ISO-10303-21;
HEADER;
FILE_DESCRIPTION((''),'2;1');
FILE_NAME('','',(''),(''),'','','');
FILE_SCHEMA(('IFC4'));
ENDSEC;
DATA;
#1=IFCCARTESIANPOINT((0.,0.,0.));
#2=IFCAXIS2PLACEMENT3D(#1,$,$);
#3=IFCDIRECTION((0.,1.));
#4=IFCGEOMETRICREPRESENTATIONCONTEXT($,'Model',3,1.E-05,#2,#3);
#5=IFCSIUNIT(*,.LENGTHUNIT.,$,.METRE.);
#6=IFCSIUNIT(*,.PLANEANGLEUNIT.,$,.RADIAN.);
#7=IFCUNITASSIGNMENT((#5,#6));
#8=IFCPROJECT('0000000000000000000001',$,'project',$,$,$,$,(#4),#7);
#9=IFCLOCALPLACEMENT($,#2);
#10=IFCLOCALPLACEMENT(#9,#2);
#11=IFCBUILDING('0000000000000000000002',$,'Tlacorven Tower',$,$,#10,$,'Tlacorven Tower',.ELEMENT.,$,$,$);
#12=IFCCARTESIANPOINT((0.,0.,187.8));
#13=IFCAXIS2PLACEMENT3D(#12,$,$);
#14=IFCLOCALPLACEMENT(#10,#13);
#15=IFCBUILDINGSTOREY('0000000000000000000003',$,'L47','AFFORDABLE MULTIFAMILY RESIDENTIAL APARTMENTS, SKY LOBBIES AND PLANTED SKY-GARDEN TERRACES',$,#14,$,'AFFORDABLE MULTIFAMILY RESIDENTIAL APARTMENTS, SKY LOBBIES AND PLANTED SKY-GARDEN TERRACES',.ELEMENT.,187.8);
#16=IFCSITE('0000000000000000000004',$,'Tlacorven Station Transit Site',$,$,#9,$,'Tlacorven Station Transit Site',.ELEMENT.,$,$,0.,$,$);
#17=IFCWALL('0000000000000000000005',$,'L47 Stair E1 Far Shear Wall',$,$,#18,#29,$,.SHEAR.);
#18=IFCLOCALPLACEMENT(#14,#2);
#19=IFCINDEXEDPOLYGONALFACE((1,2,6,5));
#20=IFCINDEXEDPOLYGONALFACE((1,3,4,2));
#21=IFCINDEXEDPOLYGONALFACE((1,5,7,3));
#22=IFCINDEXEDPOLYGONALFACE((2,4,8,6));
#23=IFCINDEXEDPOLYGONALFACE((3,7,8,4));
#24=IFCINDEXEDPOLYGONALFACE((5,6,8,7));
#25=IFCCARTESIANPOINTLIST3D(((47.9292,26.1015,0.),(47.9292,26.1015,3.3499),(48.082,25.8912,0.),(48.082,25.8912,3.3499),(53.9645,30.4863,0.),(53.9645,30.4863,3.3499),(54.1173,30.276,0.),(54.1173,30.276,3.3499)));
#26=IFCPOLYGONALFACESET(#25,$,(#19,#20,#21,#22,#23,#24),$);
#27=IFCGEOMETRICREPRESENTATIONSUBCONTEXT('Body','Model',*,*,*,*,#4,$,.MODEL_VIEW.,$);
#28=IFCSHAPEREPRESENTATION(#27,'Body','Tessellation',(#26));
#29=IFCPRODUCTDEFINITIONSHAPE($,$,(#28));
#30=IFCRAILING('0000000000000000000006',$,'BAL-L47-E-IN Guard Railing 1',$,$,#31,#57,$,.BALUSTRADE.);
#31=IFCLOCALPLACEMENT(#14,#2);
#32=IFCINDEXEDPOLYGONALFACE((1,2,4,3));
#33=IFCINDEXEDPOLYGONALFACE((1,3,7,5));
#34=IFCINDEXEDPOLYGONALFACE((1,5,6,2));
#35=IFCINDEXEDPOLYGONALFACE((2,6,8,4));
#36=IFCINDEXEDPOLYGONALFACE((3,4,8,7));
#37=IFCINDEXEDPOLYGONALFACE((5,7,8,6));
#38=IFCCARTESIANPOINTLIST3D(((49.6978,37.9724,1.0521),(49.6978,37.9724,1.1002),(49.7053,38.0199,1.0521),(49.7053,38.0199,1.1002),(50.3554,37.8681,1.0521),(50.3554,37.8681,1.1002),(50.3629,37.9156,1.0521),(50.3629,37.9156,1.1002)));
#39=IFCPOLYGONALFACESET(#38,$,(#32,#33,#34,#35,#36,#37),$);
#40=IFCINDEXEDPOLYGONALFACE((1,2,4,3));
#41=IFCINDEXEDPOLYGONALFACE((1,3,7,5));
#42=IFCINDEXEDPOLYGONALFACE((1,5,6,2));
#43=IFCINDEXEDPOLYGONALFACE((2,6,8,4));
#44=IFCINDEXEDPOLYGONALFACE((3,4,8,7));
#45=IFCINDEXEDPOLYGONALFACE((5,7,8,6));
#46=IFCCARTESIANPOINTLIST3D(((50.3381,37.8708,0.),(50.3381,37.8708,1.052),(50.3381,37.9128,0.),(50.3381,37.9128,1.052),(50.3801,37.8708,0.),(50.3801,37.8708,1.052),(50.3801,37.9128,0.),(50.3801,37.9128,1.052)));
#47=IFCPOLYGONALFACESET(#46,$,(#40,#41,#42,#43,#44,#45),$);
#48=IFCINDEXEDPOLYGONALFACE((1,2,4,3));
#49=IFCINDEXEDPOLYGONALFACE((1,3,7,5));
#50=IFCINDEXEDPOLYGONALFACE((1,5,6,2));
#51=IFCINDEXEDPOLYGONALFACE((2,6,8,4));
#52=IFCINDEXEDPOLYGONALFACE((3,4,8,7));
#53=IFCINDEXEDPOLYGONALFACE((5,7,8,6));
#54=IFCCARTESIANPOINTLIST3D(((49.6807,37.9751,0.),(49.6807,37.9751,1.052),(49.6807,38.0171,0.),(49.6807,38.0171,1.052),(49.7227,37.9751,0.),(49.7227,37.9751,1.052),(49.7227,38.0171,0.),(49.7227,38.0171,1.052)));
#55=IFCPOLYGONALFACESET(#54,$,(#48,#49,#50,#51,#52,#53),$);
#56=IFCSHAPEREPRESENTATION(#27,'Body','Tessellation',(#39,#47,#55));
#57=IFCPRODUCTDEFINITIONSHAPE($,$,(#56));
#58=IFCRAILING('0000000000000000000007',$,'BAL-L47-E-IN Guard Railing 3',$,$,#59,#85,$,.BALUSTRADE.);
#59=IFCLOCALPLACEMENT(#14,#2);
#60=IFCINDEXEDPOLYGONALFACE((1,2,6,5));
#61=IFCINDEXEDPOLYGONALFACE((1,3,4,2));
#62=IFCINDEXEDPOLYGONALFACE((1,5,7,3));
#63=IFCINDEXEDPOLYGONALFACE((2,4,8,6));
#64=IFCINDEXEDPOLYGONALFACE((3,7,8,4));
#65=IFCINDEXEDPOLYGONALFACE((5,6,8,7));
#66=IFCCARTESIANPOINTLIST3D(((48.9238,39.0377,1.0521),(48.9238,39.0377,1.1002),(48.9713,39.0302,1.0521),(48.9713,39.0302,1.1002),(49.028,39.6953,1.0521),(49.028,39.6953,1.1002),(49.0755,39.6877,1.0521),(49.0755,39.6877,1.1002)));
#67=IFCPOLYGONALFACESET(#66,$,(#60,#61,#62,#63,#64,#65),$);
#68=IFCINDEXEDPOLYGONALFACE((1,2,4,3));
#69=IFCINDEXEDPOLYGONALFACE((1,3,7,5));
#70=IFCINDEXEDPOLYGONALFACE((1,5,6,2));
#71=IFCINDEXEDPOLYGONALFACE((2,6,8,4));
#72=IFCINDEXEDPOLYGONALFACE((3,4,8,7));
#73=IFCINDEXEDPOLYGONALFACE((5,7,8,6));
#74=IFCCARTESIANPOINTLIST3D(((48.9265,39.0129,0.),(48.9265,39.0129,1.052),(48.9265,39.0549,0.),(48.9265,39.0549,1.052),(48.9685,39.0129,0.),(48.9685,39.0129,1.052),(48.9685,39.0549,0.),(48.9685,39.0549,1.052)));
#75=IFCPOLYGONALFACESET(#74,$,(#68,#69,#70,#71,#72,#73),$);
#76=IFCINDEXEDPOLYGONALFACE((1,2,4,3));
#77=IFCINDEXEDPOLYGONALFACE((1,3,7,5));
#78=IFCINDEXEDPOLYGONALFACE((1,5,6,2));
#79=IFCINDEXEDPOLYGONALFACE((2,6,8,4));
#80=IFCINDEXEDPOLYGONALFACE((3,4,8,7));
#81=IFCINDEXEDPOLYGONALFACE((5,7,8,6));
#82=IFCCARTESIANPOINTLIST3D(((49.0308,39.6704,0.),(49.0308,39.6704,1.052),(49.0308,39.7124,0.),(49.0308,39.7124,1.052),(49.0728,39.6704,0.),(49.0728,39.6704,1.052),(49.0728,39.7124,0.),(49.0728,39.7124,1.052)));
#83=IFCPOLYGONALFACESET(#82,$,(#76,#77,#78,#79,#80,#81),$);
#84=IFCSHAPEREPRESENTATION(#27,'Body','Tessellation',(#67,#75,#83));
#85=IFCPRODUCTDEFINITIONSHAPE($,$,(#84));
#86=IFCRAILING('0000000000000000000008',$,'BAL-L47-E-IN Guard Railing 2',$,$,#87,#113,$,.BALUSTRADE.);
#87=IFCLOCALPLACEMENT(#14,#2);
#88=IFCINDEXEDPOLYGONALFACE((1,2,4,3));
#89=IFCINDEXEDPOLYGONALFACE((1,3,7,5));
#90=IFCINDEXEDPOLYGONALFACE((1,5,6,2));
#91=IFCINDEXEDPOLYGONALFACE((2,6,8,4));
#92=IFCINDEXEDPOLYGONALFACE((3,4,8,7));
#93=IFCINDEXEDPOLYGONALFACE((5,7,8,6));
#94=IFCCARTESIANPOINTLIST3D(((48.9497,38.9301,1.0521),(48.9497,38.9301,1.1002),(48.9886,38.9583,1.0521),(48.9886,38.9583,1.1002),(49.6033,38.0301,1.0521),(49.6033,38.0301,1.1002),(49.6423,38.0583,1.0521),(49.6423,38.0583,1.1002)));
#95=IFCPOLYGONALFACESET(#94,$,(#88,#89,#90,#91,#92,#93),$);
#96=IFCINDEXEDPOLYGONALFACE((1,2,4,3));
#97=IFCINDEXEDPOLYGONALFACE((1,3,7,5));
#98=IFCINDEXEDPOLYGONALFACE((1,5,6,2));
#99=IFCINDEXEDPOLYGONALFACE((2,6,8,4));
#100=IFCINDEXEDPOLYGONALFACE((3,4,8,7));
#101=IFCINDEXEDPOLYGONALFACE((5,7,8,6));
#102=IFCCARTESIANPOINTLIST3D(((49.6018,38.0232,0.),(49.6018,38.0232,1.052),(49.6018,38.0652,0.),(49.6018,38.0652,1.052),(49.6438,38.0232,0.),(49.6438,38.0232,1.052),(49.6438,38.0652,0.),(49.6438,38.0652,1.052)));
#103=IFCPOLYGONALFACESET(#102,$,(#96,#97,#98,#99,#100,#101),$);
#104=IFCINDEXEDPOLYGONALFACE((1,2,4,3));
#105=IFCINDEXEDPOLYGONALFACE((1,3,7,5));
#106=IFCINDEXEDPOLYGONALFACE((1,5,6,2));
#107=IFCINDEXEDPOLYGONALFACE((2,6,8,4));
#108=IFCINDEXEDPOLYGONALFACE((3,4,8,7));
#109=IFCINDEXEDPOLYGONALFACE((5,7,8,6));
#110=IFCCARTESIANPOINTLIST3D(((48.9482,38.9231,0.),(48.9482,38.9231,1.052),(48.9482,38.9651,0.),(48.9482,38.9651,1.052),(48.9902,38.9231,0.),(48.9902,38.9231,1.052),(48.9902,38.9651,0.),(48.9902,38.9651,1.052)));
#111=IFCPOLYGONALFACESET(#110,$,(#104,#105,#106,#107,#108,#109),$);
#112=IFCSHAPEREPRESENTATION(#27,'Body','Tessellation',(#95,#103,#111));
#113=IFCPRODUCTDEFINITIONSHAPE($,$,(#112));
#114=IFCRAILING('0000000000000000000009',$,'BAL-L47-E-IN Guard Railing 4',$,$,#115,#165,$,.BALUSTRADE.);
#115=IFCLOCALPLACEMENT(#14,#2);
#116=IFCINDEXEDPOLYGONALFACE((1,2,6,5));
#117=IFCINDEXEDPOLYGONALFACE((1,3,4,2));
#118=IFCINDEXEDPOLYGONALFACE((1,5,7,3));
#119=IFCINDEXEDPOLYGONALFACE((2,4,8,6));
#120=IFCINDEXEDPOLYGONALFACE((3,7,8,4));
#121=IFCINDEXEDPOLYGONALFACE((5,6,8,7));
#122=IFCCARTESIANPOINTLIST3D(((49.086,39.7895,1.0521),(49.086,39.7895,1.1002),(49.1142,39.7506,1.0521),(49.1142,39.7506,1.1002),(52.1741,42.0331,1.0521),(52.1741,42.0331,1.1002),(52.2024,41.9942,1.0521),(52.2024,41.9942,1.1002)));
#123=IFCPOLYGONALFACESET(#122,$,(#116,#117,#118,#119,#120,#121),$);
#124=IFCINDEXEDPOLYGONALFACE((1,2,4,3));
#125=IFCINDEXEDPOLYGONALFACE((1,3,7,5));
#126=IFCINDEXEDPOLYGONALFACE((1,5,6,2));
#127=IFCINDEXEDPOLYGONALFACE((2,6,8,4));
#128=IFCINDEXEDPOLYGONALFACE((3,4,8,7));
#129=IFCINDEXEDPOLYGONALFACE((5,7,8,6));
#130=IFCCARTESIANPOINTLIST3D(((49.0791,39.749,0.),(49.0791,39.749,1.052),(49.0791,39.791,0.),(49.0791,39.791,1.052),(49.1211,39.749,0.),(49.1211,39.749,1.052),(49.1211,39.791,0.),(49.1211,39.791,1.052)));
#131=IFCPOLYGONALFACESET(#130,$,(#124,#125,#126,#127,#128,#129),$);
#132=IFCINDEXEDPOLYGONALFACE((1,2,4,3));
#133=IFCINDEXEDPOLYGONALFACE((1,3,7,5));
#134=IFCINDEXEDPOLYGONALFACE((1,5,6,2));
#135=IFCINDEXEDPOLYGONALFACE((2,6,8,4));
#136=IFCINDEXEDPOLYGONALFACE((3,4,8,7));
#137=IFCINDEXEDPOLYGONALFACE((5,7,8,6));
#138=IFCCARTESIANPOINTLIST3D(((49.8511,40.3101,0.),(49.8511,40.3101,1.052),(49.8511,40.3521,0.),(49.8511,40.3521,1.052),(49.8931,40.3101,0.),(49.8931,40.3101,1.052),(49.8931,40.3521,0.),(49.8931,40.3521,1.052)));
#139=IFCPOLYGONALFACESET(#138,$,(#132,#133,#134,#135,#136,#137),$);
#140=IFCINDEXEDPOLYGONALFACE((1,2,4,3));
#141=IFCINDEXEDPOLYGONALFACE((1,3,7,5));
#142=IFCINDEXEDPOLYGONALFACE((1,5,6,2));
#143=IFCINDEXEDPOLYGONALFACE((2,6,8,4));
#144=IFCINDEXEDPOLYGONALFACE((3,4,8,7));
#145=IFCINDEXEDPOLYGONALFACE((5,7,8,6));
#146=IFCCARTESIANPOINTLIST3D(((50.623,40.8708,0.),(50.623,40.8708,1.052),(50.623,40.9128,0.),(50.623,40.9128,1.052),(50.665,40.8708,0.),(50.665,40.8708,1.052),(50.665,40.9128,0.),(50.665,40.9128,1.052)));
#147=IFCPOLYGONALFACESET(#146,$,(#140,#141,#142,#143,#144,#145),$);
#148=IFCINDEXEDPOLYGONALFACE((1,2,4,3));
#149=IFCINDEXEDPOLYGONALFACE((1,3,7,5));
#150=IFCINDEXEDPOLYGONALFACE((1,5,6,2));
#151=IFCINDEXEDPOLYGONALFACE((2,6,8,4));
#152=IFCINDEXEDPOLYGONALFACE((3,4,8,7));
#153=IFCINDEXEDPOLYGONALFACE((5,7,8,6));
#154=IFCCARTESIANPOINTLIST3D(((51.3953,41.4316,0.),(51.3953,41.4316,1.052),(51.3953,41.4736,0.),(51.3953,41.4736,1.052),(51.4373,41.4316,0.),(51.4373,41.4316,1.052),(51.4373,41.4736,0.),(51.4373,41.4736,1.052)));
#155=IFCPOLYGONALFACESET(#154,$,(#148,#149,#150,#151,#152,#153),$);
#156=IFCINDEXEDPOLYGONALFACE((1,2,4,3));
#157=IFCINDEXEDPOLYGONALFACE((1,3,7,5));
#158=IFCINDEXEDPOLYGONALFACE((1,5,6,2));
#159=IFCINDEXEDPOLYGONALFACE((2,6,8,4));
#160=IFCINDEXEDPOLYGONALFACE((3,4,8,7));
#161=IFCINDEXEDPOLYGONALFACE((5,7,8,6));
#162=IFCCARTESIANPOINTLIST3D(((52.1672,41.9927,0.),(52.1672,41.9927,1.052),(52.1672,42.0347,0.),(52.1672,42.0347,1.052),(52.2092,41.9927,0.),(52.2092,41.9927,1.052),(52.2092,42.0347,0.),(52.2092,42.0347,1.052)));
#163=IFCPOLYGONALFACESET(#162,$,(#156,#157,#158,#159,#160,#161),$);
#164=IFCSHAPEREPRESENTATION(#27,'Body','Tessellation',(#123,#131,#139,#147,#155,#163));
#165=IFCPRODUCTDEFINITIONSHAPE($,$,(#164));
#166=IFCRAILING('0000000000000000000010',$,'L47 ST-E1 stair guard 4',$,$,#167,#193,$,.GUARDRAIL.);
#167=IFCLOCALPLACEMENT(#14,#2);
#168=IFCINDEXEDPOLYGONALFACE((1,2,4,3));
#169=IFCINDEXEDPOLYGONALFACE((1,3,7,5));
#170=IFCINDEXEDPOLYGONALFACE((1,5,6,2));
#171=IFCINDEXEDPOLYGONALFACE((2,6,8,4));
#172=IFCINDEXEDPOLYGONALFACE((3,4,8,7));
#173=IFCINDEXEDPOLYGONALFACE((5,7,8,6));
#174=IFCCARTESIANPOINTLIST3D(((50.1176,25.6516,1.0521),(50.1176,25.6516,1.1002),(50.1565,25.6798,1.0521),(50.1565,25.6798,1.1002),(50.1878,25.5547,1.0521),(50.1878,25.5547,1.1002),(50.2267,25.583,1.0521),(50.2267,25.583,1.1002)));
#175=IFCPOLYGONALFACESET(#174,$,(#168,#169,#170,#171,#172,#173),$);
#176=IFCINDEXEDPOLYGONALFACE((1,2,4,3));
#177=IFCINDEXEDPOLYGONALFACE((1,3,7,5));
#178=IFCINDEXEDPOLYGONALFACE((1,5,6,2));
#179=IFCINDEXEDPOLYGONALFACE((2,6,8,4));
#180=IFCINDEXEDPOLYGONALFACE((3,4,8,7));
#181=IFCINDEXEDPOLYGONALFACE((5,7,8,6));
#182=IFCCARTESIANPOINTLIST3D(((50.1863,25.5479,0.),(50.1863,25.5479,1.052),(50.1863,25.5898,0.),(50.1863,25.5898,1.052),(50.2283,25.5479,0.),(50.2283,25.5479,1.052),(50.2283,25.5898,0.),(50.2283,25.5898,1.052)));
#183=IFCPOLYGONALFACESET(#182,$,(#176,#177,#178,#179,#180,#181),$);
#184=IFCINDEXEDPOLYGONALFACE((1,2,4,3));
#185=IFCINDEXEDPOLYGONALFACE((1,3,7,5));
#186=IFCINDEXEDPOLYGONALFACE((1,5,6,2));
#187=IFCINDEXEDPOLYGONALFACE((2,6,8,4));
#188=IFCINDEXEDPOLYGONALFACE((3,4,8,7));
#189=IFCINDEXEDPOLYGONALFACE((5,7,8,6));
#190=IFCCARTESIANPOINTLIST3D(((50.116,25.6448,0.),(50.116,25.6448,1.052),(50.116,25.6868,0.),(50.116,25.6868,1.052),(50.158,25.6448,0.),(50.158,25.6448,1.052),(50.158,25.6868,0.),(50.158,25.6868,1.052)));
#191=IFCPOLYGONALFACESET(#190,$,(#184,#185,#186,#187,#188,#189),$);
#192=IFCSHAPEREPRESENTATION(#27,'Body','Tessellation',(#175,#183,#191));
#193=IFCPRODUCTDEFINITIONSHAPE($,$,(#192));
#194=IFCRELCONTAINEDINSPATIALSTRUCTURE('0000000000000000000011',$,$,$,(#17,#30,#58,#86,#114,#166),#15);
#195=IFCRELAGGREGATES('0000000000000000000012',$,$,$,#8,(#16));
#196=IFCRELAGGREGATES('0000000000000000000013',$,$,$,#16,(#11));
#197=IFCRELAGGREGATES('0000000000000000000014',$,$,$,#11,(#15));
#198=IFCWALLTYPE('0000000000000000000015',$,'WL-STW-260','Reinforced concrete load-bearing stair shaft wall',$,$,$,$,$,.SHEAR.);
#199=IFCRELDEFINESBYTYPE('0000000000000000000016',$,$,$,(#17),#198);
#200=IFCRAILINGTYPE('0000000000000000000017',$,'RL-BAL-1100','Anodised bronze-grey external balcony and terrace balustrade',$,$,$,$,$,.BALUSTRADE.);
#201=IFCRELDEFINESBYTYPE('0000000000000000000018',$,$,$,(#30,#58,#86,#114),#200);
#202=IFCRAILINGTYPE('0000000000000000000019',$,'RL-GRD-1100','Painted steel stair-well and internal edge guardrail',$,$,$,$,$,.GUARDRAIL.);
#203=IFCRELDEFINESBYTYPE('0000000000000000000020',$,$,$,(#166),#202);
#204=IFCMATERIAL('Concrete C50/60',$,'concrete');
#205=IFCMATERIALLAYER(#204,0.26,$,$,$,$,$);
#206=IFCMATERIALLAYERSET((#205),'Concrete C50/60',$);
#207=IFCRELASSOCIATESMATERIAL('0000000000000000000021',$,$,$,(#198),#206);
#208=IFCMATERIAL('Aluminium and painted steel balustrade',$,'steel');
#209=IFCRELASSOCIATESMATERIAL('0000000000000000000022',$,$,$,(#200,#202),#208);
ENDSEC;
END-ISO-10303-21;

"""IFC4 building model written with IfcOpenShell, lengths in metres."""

from ifc_helpers import new_model, si_unit, direction, frame, frame_2d, origin, origin_2d, place, context, subcontext, project, spatial, rectangle, extrude, source, transform, mapped, material, layer, layer_set, type_object, element, save


model = new_model("IFC4")

# Units and contexts
model_context = context("Model", 3, precision=1e-05, world=origin(), true_north=direction((0.0, 1.0)))
body_context = subcontext(model_context, "Body", "Model", "MODEL_VIEW")
ifc_project = project(units=[si_unit("LENGTHUNIT", "METRE"), si_unit("PLANEANGLEUNIT", "RADIAN")], contexts=[model_context])

# Site, building, storey
site_placement = place(None, origin())
site = spatial("IfcSite", under=ifc_project, at=site_placement, Name="Tlacorven Station Transit Site", LongName="Tlacorven Station Transit Site", CompositionType="ELEMENT", RefElevation=0.0)
building_placement = place(site_placement, origin())
building = spatial("IfcBuilding", under=site, at=building_placement, Name="Tlacorven Tower", LongName="Tlacorven Tower", CompositionType="ELEMENT")
storey_placement = place(building_placement, frame((0.0, 0.0, 187.8)))
storey = spatial("IfcBuildingStorey", under=building, at=storey_placement, Name="L47", Description="AFFORDABLE MULTIFAMILY RESIDENTIAL APARTMENTS, SKY LOBBIES AND PLANTED SKY-GARDEN TERRACES", LongName="AFFORDABLE MULTIFAMILY RESIDENTIAL APARTMENTS, SKY LOBBIES AND PLANTED SKY-GARDEN TERRACES", CompositionType="ELEMENT", Elevation=187.8)

# Wall
ifc_material_1 = material(Name="Concrete C50/60", Category="concrete")
ifc_layer_1 = layer(ifc_material_1, 0.26)
ifc_layer_set_1 = layer_set([ifc_layer_1], Name="Concrete C50/60")
wall_type_1 = type_object("IfcWallType", Name="WL-STW-260", Description="Reinforced concrete load-bearing stair shaft wall", PredefinedType="SHEAR", material=ifc_layer_set_1)
wall_1_placement = place(storey_placement, frame((48.0056, 25.9963, 0.0), z_axis=(0.0, 0.0, 1.0), x_axis=(0.809019, 0.587782, 0.0)))
element("IfcWall", 1, at=wall_1_placement, inside=storey, type_object=wall_type_1, Name="L47 Stair E1 Far Shear Wall", PredefinedType="SHEAR", context=body_context, shape_type="SweptSolid", body=[
    extrude(rectangle(XDim=7.46, YDim=0.26, at=frame_2d((3.73, 0.0))), origin(), (0.0, 0.0, 1.0), 3.3499),
])

# Railings
ifc_material_2 = material(Name="Aluminium and painted steel balustrade", Category="steel")
railing_type_1 = type_object("IfcRailingType", Name="RL-BAL-1100", Description="Anodised bronze-grey external balcony and terrace balustrade", PredefinedType="BALUSTRADE", material=ifc_material_2)
shared_shape_1 = source(origin(), body_context, "Body", "SweptSolid", [
    extrude(rectangle(XDim=0.0481, YDim=0.0481, at=origin_2d()), frame((0.0, 0.0, 1.0762), z_axis=(-0.987662, 0.156603, 0.0), x_axis=(-0.156603, -0.987662, 0.0)), (0.0, 0.0, 1.0), 0.6658),
    extrude(rectangle(XDim=0.042, YDim=0.042, at=origin_2d()), origin(), (0.0, 0.0, 1.0), 1.052),
    extrude(rectangle(XDim=0.042, YDim=0.042, at=origin_2d()), frame((-0.6575, 0.1042, 0.0)), (0.0, 0.0, 1.0), 1.052),
])
railing_1_placement = place(storey_placement, frame((50.3591, 37.8918, 0.0)))
element("IfcRailing", 2, at=railing_1_placement, inside=storey, type_object=railing_type_1, Name="BAL-L47-E-IN Guard Railing 1", PredefinedType="BALUSTRADE", context=body_context, shape_type="MappedRepresentation", body=[
    mapped(shared_shape_1, transform((0.0, 0.0, 0.0), scale=1.0)),
])
shared_shape_2 = source(origin(), body_context, "Body", "SweptSolid", [
    extrude(rectangle(XDim=0.0481, YDim=0.0481, at=origin_2d()), frame((0.0, 0.0, 1.0762), z_axis=(0.156603, 0.987662, 0.0), x_axis=(-0.987662, 0.156603, 0.0)), (0.0, 0.0, 1.0), 0.6658),
    extrude(rectangle(XDim=0.042, YDim=0.042, at=origin_2d()), origin(), (0.0, 0.0, 1.0), 1.052),
    extrude(rectangle(XDim=0.042, YDim=0.042, at=origin_2d()), frame((0.1042, 0.6575, 0.0)), (0.0, 0.0, 1.0), 1.052),
])
railing_2_placement = place(storey_placement, frame((48.9475, 39.0339, 0.0)))
element("IfcRailing", 3, at=railing_2_placement, inside=storey, type_object=railing_type_1, Name="BAL-L47-E-IN Guard Railing 3", PredefinedType="BALUSTRADE", context=body_context, shape_type="MappedRepresentation", body=[
    mapped(shared_shape_2, transform((0.0, 0.0, 0.0), scale=1.0)),
])
shared_shape_3 = source(origin(), body_context, "Body", "SweptSolid", [
    extrude(rectangle(XDim=0.0481, YDim=0.0481, at=origin_2d()), frame((0.0, 0.0, 1.0762), z_axis=(-0.587636, 0.809125, 0.0), x_axis=(-0.809125, -0.587636, 0.0)), (0.0, 0.0, 1.0), 1.1123),
    extrude(rectangle(XDim=0.042, YDim=0.042, at=origin_2d()), origin(), (0.0, 0.0, 1.0), 1.052),
    extrude(rectangle(XDim=0.042, YDim=0.042, at=origin_2d()), frame((-0.6536, 0.8999, 0.0)), (0.0, 0.0, 1.0), 1.052),
])
railing_3_placement = place(storey_placement, frame((49.6228, 38.0442, 0.0)))
element("IfcRailing", 4, at=railing_3_placement, inside=storey, type_object=railing_type_1, Name="BAL-L47-E-IN Guard Railing 2", PredefinedType="BALUSTRADE", context=body_context, shape_type="MappedRepresentation", body=[
    mapped(shared_shape_3, transform((0.0, 0.0, 0.0), scale=1.0)),
])
shared_shape_4 = source(origin(), body_context, "Body", "SweptSolid", [
    extrude(rectangle(XDim=0.0481, YDim=0.0481, at=origin_2d()), frame((0.0, 0.0, 1.0762), z_axis=(0.809018, 0.587784, 0.0), x_axis=(-0.587784, 0.809018, 0.0)), (0.0, 0.0, 1.0), 3.8171),
    extrude(rectangle(XDim=0.042, YDim=0.042, at=origin_2d()), origin(), (0.0, 0.0, 1.0), 1.052),
    extrude(rectangle(XDim=0.042, YDim=0.042, at=origin_2d()), frame((0.772, 0.561, 0.0)), (0.0, 0.0, 1.0), 1.052),
    extrude(rectangle(XDim=0.042, YDim=0.042, at=origin_2d()), frame((1.5439, 1.1218, 0.0)), (0.0, 0.0, 1.0), 1.052),
    extrude(rectangle(XDim=0.042, YDim=0.042, at=origin_2d()), frame((2.3162, 1.6826, 0.0)), (0.0, 0.0, 1.0), 1.052),
    extrude(rectangle(XDim=0.042, YDim=0.042, at=origin_2d()), frame((3.0881, 2.2437, 0.0)), (0.0, 0.0, 1.0), 1.052),
])
railing_4_placement = place(storey_placement, frame((49.1001, 39.77, 0.0)))
element("IfcRailing", 5, at=railing_4_placement, inside=storey, type_object=railing_type_1, Name="BAL-L47-E-IN Guard Railing 4", PredefinedType="BALUSTRADE", context=body_context, shape_type="MappedRepresentation", body=[
    mapped(shared_shape_4, transform((0.0, 0.0, 0.0), scale=1.0)),
])
railing_type_2 = type_object("IfcRailingType", Name="RL-GRD-1100", Description="Painted steel stair-well and internal edge guardrail", PredefinedType="GUARDRAIL", material=ifc_material_2)
shared_shape_5 = source(origin(), body_context, "Body", "SweptSolid", [
    extrude(rectangle(XDim=0.0481, YDim=0.0481, at=origin_2d()), frame((0.0, 0.0, 1.0762), z_axis=(-0.587201, 0.809441, 0.0), x_axis=(-0.809441, -0.587201, 0.0)), (0.0, 0.0, 1.0), 0.1196),
    extrude(rectangle(XDim=0.042, YDim=0.042, at=origin_2d()), origin(), (0.0, 0.0, 1.0), 1.052),
    extrude(rectangle(XDim=0.042, YDim=0.042, at=origin_2d()), frame((-0.0703, 0.0969, 0.0)), (0.0, 0.0, 1.0), 1.052),
])
railing_5_placement = place(storey_placement, frame((50.2073, 25.5688, 0.0)))
element("IfcRailing", 6, at=railing_5_placement, inside=storey, type_object=railing_type_2, Name="L47 ST-E1 stair guard 4", PredefinedType="GUARDRAIL", context=body_context, shape_type="MappedRepresentation", body=[
    mapped(shared_shape_5, transform((0.0, 0.0, 0.0), scale=1.0)),
])

save(model, "model.ifc")
